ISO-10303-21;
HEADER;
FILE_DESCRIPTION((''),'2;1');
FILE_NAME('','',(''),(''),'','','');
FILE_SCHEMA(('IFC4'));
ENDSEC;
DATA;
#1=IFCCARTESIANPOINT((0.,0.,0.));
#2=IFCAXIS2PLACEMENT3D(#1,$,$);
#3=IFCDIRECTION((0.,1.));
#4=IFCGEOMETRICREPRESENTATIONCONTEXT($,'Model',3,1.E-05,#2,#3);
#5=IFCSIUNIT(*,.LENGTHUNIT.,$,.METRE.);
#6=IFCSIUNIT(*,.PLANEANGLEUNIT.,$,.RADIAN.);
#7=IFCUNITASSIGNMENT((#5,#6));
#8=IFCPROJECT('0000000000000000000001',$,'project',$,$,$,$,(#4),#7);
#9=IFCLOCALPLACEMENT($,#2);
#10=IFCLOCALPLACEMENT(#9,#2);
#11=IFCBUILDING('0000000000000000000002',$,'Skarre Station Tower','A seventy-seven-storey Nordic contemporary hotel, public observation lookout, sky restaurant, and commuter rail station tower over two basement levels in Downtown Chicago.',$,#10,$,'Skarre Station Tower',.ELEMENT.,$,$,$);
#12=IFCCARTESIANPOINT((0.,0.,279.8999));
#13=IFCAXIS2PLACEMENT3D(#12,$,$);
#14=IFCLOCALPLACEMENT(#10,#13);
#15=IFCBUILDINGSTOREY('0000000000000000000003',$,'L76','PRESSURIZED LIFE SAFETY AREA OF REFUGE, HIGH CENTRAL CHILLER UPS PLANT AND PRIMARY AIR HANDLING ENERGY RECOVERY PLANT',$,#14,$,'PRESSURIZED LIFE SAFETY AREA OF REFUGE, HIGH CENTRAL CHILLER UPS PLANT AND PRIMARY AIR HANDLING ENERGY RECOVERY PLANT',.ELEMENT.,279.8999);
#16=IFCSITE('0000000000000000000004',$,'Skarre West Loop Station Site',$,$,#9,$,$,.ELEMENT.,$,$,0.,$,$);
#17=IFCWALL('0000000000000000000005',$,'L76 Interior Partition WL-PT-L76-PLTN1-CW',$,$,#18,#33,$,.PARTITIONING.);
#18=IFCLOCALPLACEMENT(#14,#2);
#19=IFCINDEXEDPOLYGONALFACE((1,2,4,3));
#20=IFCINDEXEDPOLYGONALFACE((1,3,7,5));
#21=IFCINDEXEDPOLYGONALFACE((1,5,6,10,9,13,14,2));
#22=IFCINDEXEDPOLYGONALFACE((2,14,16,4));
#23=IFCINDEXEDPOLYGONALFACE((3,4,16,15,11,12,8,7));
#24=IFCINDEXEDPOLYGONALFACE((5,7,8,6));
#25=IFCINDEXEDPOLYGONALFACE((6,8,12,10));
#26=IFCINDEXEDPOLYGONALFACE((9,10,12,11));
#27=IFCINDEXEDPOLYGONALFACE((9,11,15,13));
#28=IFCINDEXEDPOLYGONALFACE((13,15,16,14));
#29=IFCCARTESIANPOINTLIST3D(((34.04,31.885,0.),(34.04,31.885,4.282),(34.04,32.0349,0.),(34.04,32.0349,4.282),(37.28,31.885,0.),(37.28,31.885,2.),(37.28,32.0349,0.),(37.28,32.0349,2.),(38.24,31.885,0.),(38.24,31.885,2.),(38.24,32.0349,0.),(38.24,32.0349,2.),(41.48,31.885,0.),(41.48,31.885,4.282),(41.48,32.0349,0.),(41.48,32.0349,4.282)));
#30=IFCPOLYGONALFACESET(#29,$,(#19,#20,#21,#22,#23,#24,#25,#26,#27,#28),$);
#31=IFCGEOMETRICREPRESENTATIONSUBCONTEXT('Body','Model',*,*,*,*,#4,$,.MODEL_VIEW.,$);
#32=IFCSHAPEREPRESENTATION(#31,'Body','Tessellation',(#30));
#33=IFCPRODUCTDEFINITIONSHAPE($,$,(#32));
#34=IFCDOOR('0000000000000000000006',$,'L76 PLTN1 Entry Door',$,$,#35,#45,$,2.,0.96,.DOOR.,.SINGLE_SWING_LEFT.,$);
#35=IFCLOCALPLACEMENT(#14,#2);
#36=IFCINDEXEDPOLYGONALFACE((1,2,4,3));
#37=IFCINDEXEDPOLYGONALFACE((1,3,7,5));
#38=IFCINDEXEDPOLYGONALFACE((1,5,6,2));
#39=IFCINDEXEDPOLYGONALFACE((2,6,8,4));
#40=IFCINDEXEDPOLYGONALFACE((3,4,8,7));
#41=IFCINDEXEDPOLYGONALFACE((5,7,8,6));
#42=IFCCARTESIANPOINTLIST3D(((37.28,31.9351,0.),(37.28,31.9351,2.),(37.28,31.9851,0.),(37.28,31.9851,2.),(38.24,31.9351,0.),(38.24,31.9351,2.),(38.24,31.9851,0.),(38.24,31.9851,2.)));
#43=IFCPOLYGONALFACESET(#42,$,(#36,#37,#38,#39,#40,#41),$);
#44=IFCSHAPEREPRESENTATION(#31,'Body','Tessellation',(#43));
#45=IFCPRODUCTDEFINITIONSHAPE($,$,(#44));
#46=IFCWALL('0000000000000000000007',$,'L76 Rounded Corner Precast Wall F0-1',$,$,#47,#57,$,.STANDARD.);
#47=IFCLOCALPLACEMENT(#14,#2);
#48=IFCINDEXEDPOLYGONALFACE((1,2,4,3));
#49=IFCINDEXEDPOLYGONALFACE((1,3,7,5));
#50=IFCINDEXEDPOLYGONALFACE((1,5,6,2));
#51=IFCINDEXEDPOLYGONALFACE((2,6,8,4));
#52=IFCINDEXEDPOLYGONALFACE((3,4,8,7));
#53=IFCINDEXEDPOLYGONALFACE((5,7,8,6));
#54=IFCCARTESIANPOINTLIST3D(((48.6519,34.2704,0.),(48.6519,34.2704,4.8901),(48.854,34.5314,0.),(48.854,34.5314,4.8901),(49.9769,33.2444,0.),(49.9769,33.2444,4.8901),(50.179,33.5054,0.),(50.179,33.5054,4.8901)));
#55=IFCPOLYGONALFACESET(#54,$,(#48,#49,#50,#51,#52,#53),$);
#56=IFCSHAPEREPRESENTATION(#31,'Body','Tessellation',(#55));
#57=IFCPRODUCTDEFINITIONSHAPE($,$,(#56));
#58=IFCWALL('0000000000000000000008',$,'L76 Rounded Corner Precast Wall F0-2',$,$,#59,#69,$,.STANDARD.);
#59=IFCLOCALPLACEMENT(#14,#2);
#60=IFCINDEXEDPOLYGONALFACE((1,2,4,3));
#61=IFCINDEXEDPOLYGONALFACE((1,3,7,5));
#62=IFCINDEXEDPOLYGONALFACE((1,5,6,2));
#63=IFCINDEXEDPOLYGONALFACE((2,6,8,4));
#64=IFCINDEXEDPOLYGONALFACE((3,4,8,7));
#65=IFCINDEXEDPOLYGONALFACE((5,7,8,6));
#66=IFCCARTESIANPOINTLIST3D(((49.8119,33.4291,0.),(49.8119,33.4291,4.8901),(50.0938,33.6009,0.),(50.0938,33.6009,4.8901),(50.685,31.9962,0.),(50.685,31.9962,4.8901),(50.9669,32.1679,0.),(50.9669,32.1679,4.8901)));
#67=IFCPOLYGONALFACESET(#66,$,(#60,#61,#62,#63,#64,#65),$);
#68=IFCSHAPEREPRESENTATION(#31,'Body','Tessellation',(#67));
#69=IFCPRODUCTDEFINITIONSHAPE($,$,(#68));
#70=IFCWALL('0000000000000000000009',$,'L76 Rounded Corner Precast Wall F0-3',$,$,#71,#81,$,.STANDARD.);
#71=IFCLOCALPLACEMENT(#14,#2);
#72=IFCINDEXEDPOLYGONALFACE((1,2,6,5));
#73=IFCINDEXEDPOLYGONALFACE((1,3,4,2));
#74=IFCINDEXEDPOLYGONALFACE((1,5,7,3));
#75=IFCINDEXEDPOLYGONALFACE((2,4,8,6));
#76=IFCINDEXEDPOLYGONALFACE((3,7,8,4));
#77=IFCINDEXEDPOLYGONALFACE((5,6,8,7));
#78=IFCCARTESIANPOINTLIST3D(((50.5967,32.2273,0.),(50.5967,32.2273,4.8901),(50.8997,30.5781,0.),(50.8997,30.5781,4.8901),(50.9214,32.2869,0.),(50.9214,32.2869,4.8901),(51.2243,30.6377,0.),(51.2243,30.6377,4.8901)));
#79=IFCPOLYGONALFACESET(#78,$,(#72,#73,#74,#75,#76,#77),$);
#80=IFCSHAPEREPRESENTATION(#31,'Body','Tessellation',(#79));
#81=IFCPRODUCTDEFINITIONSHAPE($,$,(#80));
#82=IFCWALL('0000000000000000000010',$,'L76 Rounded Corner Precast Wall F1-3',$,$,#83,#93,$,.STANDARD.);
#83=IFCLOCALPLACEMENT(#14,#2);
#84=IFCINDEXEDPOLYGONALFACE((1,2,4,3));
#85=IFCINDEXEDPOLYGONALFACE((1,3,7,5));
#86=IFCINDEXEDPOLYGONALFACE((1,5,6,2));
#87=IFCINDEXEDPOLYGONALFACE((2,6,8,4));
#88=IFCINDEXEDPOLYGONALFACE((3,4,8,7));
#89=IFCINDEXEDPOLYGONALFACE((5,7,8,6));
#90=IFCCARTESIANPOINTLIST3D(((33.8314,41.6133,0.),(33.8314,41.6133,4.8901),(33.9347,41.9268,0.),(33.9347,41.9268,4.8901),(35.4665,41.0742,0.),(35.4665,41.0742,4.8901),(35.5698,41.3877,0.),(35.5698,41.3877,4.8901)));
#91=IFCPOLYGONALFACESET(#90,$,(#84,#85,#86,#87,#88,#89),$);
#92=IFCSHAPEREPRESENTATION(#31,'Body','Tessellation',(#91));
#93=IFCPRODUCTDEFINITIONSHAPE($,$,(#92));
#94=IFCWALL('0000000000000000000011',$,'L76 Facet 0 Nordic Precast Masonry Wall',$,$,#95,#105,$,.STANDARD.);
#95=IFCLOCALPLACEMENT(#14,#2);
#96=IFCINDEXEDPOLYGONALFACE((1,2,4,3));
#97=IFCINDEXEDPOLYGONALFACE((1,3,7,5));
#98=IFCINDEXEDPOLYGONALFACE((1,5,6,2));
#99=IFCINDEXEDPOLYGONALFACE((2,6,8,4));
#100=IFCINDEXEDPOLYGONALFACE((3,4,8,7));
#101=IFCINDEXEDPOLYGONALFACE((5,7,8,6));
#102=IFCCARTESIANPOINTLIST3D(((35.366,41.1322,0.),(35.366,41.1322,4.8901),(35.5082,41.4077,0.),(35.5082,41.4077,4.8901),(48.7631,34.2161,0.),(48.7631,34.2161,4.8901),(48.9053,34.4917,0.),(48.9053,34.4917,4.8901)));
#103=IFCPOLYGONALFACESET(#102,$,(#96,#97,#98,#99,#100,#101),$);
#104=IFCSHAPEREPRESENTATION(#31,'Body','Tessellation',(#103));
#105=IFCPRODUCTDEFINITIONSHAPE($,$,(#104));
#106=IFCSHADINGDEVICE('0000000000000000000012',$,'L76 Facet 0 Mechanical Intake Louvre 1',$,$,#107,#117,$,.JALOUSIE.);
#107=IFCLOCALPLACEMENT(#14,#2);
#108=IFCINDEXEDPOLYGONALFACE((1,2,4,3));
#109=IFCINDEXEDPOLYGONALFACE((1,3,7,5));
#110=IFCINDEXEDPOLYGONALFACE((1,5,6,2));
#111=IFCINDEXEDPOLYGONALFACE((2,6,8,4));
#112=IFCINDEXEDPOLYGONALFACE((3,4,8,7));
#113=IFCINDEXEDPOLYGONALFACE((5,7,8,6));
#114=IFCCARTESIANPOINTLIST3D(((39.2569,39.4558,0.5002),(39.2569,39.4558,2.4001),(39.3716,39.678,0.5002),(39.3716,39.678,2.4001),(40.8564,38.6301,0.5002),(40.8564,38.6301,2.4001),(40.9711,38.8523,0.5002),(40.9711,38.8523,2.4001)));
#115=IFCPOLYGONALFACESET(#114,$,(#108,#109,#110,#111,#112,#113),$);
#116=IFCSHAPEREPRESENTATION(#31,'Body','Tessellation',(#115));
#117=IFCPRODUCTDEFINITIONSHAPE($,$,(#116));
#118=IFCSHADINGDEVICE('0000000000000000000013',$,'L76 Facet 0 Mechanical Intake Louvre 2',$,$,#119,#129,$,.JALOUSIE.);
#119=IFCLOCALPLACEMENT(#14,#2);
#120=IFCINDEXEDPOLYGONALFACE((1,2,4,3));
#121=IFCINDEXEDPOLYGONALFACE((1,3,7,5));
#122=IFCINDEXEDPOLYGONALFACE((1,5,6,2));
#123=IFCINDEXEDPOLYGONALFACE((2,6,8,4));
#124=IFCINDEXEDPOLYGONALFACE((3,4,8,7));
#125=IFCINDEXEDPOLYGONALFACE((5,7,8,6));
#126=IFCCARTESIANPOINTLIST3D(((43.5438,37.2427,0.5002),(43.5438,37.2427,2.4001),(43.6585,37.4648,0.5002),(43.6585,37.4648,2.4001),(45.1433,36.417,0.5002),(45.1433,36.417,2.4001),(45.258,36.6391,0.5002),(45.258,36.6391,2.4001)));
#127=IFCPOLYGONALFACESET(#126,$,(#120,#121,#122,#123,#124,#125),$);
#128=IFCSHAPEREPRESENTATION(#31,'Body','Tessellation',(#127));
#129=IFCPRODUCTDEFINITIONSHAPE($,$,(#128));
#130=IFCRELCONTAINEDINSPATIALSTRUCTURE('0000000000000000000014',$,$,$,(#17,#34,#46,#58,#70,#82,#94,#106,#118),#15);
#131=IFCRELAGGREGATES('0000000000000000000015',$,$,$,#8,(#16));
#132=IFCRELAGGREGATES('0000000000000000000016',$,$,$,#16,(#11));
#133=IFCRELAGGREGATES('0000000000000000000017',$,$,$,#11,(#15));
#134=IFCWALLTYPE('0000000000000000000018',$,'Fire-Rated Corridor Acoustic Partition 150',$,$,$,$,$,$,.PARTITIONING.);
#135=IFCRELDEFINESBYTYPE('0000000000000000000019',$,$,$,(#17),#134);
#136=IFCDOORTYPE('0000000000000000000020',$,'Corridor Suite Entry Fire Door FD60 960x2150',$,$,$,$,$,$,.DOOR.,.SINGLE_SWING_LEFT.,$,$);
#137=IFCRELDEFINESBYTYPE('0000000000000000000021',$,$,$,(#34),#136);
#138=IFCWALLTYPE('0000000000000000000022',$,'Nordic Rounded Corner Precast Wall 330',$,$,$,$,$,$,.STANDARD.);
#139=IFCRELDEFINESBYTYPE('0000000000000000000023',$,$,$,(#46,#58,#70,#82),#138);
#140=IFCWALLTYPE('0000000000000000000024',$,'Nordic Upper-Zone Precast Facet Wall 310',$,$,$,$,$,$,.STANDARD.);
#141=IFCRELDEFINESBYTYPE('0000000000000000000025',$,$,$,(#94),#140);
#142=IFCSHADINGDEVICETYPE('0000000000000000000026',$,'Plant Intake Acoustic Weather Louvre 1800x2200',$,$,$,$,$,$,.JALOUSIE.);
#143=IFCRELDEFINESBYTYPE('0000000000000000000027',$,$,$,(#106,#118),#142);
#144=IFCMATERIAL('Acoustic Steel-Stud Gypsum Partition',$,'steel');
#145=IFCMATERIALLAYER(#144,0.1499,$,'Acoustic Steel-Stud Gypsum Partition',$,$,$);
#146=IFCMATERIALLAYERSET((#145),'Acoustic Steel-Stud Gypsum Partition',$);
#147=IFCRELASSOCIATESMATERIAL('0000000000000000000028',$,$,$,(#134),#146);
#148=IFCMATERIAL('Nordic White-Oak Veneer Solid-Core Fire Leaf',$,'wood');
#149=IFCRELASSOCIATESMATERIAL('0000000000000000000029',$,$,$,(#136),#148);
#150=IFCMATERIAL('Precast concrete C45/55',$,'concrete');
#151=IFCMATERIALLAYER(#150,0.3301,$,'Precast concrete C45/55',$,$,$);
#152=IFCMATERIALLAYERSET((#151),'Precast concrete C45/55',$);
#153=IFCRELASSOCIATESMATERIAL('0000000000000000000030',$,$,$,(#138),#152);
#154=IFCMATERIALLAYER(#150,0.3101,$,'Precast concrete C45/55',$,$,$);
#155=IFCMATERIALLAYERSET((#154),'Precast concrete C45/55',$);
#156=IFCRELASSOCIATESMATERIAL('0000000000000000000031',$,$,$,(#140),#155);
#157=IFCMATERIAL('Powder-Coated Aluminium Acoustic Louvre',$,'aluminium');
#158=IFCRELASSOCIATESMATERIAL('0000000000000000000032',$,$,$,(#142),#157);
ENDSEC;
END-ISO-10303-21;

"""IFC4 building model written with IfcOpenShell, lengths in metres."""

from ifc_helpers import new_model, si_unit, direction, frame, frame_2d, origin, origin_2d, place, context, subcontext, project, spatial, rectangle, extrude, material, layer, layer_set, type_object, element, fill, save


model = new_model("IFC4")

# Units and contexts
model_context = context("Model", 3, precision=1e-05, world=origin(), true_north=direction((0.0, 1.0)))
body_context = subcontext(model_context, "Body", "Model", "MODEL_VIEW")
ifc_project = project(units=[si_unit("LENGTHUNIT", "METRE"), si_unit("PLANEANGLEUNIT", "RADIAN")], contexts=[model_context])

# Site, building, storey
site_placement = place(None, origin())
site = spatial("IfcSite", under=ifc_project, at=site_placement, Name="Skarre West Loop Station Site", CompositionType="ELEMENT", RefElevation=0.0)
building_placement = place(site_placement, origin())
building = spatial("IfcBuilding", under=site, at=building_placement, Name="Skarre Station Tower", Description="A seventy-seven-storey Nordic contemporary hotel, public observation lookout, sky restaurant, and commuter rail station tower over two basement levels in Downtown Chicago.", LongName="Skarre Station Tower", CompositionType="ELEMENT")
storey_placement = place(building_placement, frame((0.0, 0.0, 279.8999)))
storey = spatial("IfcBuildingStorey", under=building, at=storey_placement, Name="L76", Description="PRESSURIZED LIFE SAFETY AREA OF REFUGE, HIGH CENTRAL CHILLER UPS PLANT AND PRIMARY AIR HANDLING ENERGY RECOVERY PLANT", LongName="PRESSURIZED LIFE SAFETY AREA OF REFUGE, HIGH CENTRAL CHILLER UPS PLANT AND PRIMARY AIR HANDLING ENERGY RECOVERY PLANT", CompositionType="ELEMENT", Elevation=279.8999)

# Wall, opening, door
ifc_material_1 = material(Name="Acoustic Steel-Stud Gypsum Partition", Category="steel")
ifc_layer_1 = layer(ifc_material_1, 0.1499, Name="Acoustic Steel-Stud Gypsum Partition")
ifc_layer_set_1 = layer_set([ifc_layer_1], Name="Acoustic Steel-Stud Gypsum Partition")
wall_type_1 = type_object("IfcWallType", Name="Fire-Rated Corridor Acoustic Partition 150", PredefinedType="PARTITIONING", material=ifc_layer_set_1)
ifc_material_2 = material(Name="Nordic White-Oak Veneer Solid-Core Fire Leaf", Category="wood")
door_type = type_object("IfcDoorType", Name="Corridor Suite Entry Fire Door FD60 960x2150", OperationType="SINGLE_SWING_LEFT", PredefinedType="DOOR", material=ifc_material_2)
wall_1_placement = place(storey_placement, frame((41.48, 31.96, 0.0), z_axis=(0.0, 0.0, 1.0), x_axis=(-1.0, 0.0, 0.0)))
wall_1 = element("IfcWall", 1, at=wall_1_placement, inside=storey, type_object=wall_type_1, Name="L76 Interior Partition WL-PT-L76-PLTN1-CW", PredefinedType="PARTITIONING", context=body_context, shape_type="SweptSolid", body=[
    extrude(rectangle(XDim=7.4399, YDim=0.1499, at=frame_2d((3.72, 0.0))), origin(), (0.0, 0.0, 1.0), 4.282),
])
opening_1_placement = place(wall_1_placement, frame((3.24, 0.0, 0.0)))
opening_1 = element("IfcOpeningElement", 2, at=opening_1_placement, cuts=wall_1, PredefinedType="OPENING", context=body_context, shape_type="SweptSolid", body=[
    extrude(rectangle(XDim=0.96, YDim=2.0, at=frame_2d((0.48, 1.0))), frame((0.0, 0.085, 0.0), z_axis=(0.0, -1.0, 0.0), x_axis=(1.0, 0.0, 0.0)), (0.0, 0.0, 1.0), 0.1699),
])
door_1_placement = place(opening_1_placement, origin())
door_1 = element("IfcDoor", 3, at=door_1_placement, inside=storey, type_object=door_type, Name="L76 PLTN1 Entry Door", OperationType="SINGLE_SWING_LEFT", OverallHeight=2.0, OverallWidth=0.96, PredefinedType="DOOR", context=body_context, shape_type="SweptSolid", body=[
    extrude(rectangle(XDim=0.96, YDim=2.0, at=frame_2d((0.48, 1.0))), frame((0.0, 0.0249, 0.0), z_axis=(0.0, -1.0, 0.0), x_axis=(1.0, 0.0, 0.0)), (0.0, 0.0, 1.0), 0.05),
])
fill(opening_1, door_1)

# Walls
ifc_material_3 = material(Name="Precast concrete C45/55", Category="concrete")
ifc_layer_2 = layer(ifc_material_3, 0.3301, Name="Precast concrete C45/55")
ifc_layer_set_2 = layer_set([ifc_layer_2], Name="Precast concrete C45/55")
wall_type_2 = type_object("IfcWallType", Name="Nordic Rounded Corner Precast Wall 330", PredefinedType="STANDARD", material=ifc_layer_set_2)
wall_2_placement = place(storey_placement, frame((48.7529, 34.4009, 0.0), z_axis=(0.0, 0.0, 1.0), x_axis=(0.790692, -0.612214, 0.0)))
element("IfcWall", 4, at=wall_2_placement, inside=storey, type_object=wall_type_2, Name="L76 Rounded Corner Precast Wall F0-1", PredefinedType="STANDARD", context=body_context, shape_type="SweptSolid", body=[
    extrude(rectangle(XDim=1.6758, YDim=0.3301, at=frame_2d((0.8379, 0.0))), origin(), (0.0, 0.0, 1.0), 4.8901),
])
wall_3_placement = place(storey_placement, frame((49.9529, 33.5149, 0.0), z_axis=(0.0, 0.0, 1.0), x_axis=(0.520325, -0.853968, 0.0)))
element("IfcWall", 5, at=wall_3_placement, inside=storey, type_object=wall_type_2, Name="L76 Rounded Corner Precast Wall F0-2", PredefinedType="STANDARD", context=body_context, shape_type="SweptSolid", body=[
    extrude(rectangle(XDim=1.678, YDim=0.3301, at=frame_2d((0.8389, 0.0))), origin(), (0.0, 0.0, 1.0), 4.8901),
])
wall_4_placement = place(storey_placement, frame((50.759, 32.2571, 0.0), z_axis=(0.0, 0.0, 1.0), x_axis=(0.180692, -0.98354, 0.0)))
element("IfcWall", 6, at=wall_4_placement, inside=storey, type_object=wall_type_2, Name="L76 Rounded Corner Precast Wall F0-3", PredefinedType="STANDARD", context=body_context, shape_type="SweptSolid", body=[
    extrude(rectangle(XDim=1.6768, YDim=0.3301, at=frame_2d((0.8384, 0.0))), origin(), (0.0, 0.0, 1.0), 4.8901),
])
wall_5_placement = place(storey_placement, frame((33.8831, 41.77, 0.0), z_axis=(0.0, 0.0, 1.0), x_axis=(0.949713, -0.31312, 0.0)))
element("IfcWall", 7, at=wall_5_placement, inside=storey, type_object=wall_type_2, Name="L76 Rounded Corner Precast Wall F1-3", PredefinedType="STANDARD", context=body_context, shape_type="SweptSolid", body=[
    extrude(rectangle(XDim=1.7217, YDim=0.3301, at=frame_2d((0.8608, 0.0))), origin(), (0.0, 0.0, 1.0), 4.8901),
])
ifc_layer_3 = layer(ifc_material_3, 0.3101, Name="Precast concrete C45/55")
ifc_layer_set_3 = layer_set([ifc_layer_3], Name="Precast concrete C45/55")
wall_type_3 = type_object("IfcWallType", Name="Nordic Upper-Zone Precast Facet Wall 310", PredefinedType="STANDARD", material=ifc_layer_set_3)
wall_6_placement = place(storey_placement, frame((35.437, 41.27, 0.0), z_axis=(0.0, 0.0, 1.0), x_axis=(0.888581, -0.458719, 0.0)))
element("IfcWall", 8, at=wall_6_placement, inside=storey, type_object=wall_type_3, Name="L76 Facet 0 Nordic Precast Masonry Wall", PredefinedType="STANDARD", context=body_context, shape_type="SweptSolid", body=[
    extrude(rectangle(XDim=15.0769, YDim=0.3101, at=frame_2d((7.5386, 0.0))), origin(), (0.0, 0.0, 1.0), 4.8901),
])

# Shading devices
ifc_material_4 = material(Name="Powder-Coated Aluminium Acoustic Louvre", Category="aluminium")
shading_device_type = type_object("IfcShadingDeviceType", Name="Plant Intake Acoustic Weather Louvre 1800x2200", PredefinedType="JALOUSIE", material=ifc_material_4)
for number, where, z_axis, x_axis, name in (
    (9, (40.114, 39.1541, 0.5002), (0.0, 0.0, 1.0), (0.458712, 0.888585, 0.0), "L76 Facet 0 Mechanical Intake Louvre 1"),
    (10, (44.4009, 36.9409, 0.5002), (0.0, 0.0, 1.0), (0.458712, 0.888585, 0.0), "L76 Facet 0 Mechanical Intake Louvre 2"),
):
    element("IfcShadingDevice", number, at=place(storey_placement, frame(where, z_axis=z_axis, x_axis=x_axis)), inside=storey, type_object=shading_device_type, Name=name, PredefinedType="JALOUSIE", context=body_context, shape_type="SweptSolid", body=[
        extrude(rectangle(XDim=0.25, YDim=1.8, at=origin_2d()), origin(), (0.0, 0.0, 1.0), 1.8999),
    ])

save(model, "model.ifc")
